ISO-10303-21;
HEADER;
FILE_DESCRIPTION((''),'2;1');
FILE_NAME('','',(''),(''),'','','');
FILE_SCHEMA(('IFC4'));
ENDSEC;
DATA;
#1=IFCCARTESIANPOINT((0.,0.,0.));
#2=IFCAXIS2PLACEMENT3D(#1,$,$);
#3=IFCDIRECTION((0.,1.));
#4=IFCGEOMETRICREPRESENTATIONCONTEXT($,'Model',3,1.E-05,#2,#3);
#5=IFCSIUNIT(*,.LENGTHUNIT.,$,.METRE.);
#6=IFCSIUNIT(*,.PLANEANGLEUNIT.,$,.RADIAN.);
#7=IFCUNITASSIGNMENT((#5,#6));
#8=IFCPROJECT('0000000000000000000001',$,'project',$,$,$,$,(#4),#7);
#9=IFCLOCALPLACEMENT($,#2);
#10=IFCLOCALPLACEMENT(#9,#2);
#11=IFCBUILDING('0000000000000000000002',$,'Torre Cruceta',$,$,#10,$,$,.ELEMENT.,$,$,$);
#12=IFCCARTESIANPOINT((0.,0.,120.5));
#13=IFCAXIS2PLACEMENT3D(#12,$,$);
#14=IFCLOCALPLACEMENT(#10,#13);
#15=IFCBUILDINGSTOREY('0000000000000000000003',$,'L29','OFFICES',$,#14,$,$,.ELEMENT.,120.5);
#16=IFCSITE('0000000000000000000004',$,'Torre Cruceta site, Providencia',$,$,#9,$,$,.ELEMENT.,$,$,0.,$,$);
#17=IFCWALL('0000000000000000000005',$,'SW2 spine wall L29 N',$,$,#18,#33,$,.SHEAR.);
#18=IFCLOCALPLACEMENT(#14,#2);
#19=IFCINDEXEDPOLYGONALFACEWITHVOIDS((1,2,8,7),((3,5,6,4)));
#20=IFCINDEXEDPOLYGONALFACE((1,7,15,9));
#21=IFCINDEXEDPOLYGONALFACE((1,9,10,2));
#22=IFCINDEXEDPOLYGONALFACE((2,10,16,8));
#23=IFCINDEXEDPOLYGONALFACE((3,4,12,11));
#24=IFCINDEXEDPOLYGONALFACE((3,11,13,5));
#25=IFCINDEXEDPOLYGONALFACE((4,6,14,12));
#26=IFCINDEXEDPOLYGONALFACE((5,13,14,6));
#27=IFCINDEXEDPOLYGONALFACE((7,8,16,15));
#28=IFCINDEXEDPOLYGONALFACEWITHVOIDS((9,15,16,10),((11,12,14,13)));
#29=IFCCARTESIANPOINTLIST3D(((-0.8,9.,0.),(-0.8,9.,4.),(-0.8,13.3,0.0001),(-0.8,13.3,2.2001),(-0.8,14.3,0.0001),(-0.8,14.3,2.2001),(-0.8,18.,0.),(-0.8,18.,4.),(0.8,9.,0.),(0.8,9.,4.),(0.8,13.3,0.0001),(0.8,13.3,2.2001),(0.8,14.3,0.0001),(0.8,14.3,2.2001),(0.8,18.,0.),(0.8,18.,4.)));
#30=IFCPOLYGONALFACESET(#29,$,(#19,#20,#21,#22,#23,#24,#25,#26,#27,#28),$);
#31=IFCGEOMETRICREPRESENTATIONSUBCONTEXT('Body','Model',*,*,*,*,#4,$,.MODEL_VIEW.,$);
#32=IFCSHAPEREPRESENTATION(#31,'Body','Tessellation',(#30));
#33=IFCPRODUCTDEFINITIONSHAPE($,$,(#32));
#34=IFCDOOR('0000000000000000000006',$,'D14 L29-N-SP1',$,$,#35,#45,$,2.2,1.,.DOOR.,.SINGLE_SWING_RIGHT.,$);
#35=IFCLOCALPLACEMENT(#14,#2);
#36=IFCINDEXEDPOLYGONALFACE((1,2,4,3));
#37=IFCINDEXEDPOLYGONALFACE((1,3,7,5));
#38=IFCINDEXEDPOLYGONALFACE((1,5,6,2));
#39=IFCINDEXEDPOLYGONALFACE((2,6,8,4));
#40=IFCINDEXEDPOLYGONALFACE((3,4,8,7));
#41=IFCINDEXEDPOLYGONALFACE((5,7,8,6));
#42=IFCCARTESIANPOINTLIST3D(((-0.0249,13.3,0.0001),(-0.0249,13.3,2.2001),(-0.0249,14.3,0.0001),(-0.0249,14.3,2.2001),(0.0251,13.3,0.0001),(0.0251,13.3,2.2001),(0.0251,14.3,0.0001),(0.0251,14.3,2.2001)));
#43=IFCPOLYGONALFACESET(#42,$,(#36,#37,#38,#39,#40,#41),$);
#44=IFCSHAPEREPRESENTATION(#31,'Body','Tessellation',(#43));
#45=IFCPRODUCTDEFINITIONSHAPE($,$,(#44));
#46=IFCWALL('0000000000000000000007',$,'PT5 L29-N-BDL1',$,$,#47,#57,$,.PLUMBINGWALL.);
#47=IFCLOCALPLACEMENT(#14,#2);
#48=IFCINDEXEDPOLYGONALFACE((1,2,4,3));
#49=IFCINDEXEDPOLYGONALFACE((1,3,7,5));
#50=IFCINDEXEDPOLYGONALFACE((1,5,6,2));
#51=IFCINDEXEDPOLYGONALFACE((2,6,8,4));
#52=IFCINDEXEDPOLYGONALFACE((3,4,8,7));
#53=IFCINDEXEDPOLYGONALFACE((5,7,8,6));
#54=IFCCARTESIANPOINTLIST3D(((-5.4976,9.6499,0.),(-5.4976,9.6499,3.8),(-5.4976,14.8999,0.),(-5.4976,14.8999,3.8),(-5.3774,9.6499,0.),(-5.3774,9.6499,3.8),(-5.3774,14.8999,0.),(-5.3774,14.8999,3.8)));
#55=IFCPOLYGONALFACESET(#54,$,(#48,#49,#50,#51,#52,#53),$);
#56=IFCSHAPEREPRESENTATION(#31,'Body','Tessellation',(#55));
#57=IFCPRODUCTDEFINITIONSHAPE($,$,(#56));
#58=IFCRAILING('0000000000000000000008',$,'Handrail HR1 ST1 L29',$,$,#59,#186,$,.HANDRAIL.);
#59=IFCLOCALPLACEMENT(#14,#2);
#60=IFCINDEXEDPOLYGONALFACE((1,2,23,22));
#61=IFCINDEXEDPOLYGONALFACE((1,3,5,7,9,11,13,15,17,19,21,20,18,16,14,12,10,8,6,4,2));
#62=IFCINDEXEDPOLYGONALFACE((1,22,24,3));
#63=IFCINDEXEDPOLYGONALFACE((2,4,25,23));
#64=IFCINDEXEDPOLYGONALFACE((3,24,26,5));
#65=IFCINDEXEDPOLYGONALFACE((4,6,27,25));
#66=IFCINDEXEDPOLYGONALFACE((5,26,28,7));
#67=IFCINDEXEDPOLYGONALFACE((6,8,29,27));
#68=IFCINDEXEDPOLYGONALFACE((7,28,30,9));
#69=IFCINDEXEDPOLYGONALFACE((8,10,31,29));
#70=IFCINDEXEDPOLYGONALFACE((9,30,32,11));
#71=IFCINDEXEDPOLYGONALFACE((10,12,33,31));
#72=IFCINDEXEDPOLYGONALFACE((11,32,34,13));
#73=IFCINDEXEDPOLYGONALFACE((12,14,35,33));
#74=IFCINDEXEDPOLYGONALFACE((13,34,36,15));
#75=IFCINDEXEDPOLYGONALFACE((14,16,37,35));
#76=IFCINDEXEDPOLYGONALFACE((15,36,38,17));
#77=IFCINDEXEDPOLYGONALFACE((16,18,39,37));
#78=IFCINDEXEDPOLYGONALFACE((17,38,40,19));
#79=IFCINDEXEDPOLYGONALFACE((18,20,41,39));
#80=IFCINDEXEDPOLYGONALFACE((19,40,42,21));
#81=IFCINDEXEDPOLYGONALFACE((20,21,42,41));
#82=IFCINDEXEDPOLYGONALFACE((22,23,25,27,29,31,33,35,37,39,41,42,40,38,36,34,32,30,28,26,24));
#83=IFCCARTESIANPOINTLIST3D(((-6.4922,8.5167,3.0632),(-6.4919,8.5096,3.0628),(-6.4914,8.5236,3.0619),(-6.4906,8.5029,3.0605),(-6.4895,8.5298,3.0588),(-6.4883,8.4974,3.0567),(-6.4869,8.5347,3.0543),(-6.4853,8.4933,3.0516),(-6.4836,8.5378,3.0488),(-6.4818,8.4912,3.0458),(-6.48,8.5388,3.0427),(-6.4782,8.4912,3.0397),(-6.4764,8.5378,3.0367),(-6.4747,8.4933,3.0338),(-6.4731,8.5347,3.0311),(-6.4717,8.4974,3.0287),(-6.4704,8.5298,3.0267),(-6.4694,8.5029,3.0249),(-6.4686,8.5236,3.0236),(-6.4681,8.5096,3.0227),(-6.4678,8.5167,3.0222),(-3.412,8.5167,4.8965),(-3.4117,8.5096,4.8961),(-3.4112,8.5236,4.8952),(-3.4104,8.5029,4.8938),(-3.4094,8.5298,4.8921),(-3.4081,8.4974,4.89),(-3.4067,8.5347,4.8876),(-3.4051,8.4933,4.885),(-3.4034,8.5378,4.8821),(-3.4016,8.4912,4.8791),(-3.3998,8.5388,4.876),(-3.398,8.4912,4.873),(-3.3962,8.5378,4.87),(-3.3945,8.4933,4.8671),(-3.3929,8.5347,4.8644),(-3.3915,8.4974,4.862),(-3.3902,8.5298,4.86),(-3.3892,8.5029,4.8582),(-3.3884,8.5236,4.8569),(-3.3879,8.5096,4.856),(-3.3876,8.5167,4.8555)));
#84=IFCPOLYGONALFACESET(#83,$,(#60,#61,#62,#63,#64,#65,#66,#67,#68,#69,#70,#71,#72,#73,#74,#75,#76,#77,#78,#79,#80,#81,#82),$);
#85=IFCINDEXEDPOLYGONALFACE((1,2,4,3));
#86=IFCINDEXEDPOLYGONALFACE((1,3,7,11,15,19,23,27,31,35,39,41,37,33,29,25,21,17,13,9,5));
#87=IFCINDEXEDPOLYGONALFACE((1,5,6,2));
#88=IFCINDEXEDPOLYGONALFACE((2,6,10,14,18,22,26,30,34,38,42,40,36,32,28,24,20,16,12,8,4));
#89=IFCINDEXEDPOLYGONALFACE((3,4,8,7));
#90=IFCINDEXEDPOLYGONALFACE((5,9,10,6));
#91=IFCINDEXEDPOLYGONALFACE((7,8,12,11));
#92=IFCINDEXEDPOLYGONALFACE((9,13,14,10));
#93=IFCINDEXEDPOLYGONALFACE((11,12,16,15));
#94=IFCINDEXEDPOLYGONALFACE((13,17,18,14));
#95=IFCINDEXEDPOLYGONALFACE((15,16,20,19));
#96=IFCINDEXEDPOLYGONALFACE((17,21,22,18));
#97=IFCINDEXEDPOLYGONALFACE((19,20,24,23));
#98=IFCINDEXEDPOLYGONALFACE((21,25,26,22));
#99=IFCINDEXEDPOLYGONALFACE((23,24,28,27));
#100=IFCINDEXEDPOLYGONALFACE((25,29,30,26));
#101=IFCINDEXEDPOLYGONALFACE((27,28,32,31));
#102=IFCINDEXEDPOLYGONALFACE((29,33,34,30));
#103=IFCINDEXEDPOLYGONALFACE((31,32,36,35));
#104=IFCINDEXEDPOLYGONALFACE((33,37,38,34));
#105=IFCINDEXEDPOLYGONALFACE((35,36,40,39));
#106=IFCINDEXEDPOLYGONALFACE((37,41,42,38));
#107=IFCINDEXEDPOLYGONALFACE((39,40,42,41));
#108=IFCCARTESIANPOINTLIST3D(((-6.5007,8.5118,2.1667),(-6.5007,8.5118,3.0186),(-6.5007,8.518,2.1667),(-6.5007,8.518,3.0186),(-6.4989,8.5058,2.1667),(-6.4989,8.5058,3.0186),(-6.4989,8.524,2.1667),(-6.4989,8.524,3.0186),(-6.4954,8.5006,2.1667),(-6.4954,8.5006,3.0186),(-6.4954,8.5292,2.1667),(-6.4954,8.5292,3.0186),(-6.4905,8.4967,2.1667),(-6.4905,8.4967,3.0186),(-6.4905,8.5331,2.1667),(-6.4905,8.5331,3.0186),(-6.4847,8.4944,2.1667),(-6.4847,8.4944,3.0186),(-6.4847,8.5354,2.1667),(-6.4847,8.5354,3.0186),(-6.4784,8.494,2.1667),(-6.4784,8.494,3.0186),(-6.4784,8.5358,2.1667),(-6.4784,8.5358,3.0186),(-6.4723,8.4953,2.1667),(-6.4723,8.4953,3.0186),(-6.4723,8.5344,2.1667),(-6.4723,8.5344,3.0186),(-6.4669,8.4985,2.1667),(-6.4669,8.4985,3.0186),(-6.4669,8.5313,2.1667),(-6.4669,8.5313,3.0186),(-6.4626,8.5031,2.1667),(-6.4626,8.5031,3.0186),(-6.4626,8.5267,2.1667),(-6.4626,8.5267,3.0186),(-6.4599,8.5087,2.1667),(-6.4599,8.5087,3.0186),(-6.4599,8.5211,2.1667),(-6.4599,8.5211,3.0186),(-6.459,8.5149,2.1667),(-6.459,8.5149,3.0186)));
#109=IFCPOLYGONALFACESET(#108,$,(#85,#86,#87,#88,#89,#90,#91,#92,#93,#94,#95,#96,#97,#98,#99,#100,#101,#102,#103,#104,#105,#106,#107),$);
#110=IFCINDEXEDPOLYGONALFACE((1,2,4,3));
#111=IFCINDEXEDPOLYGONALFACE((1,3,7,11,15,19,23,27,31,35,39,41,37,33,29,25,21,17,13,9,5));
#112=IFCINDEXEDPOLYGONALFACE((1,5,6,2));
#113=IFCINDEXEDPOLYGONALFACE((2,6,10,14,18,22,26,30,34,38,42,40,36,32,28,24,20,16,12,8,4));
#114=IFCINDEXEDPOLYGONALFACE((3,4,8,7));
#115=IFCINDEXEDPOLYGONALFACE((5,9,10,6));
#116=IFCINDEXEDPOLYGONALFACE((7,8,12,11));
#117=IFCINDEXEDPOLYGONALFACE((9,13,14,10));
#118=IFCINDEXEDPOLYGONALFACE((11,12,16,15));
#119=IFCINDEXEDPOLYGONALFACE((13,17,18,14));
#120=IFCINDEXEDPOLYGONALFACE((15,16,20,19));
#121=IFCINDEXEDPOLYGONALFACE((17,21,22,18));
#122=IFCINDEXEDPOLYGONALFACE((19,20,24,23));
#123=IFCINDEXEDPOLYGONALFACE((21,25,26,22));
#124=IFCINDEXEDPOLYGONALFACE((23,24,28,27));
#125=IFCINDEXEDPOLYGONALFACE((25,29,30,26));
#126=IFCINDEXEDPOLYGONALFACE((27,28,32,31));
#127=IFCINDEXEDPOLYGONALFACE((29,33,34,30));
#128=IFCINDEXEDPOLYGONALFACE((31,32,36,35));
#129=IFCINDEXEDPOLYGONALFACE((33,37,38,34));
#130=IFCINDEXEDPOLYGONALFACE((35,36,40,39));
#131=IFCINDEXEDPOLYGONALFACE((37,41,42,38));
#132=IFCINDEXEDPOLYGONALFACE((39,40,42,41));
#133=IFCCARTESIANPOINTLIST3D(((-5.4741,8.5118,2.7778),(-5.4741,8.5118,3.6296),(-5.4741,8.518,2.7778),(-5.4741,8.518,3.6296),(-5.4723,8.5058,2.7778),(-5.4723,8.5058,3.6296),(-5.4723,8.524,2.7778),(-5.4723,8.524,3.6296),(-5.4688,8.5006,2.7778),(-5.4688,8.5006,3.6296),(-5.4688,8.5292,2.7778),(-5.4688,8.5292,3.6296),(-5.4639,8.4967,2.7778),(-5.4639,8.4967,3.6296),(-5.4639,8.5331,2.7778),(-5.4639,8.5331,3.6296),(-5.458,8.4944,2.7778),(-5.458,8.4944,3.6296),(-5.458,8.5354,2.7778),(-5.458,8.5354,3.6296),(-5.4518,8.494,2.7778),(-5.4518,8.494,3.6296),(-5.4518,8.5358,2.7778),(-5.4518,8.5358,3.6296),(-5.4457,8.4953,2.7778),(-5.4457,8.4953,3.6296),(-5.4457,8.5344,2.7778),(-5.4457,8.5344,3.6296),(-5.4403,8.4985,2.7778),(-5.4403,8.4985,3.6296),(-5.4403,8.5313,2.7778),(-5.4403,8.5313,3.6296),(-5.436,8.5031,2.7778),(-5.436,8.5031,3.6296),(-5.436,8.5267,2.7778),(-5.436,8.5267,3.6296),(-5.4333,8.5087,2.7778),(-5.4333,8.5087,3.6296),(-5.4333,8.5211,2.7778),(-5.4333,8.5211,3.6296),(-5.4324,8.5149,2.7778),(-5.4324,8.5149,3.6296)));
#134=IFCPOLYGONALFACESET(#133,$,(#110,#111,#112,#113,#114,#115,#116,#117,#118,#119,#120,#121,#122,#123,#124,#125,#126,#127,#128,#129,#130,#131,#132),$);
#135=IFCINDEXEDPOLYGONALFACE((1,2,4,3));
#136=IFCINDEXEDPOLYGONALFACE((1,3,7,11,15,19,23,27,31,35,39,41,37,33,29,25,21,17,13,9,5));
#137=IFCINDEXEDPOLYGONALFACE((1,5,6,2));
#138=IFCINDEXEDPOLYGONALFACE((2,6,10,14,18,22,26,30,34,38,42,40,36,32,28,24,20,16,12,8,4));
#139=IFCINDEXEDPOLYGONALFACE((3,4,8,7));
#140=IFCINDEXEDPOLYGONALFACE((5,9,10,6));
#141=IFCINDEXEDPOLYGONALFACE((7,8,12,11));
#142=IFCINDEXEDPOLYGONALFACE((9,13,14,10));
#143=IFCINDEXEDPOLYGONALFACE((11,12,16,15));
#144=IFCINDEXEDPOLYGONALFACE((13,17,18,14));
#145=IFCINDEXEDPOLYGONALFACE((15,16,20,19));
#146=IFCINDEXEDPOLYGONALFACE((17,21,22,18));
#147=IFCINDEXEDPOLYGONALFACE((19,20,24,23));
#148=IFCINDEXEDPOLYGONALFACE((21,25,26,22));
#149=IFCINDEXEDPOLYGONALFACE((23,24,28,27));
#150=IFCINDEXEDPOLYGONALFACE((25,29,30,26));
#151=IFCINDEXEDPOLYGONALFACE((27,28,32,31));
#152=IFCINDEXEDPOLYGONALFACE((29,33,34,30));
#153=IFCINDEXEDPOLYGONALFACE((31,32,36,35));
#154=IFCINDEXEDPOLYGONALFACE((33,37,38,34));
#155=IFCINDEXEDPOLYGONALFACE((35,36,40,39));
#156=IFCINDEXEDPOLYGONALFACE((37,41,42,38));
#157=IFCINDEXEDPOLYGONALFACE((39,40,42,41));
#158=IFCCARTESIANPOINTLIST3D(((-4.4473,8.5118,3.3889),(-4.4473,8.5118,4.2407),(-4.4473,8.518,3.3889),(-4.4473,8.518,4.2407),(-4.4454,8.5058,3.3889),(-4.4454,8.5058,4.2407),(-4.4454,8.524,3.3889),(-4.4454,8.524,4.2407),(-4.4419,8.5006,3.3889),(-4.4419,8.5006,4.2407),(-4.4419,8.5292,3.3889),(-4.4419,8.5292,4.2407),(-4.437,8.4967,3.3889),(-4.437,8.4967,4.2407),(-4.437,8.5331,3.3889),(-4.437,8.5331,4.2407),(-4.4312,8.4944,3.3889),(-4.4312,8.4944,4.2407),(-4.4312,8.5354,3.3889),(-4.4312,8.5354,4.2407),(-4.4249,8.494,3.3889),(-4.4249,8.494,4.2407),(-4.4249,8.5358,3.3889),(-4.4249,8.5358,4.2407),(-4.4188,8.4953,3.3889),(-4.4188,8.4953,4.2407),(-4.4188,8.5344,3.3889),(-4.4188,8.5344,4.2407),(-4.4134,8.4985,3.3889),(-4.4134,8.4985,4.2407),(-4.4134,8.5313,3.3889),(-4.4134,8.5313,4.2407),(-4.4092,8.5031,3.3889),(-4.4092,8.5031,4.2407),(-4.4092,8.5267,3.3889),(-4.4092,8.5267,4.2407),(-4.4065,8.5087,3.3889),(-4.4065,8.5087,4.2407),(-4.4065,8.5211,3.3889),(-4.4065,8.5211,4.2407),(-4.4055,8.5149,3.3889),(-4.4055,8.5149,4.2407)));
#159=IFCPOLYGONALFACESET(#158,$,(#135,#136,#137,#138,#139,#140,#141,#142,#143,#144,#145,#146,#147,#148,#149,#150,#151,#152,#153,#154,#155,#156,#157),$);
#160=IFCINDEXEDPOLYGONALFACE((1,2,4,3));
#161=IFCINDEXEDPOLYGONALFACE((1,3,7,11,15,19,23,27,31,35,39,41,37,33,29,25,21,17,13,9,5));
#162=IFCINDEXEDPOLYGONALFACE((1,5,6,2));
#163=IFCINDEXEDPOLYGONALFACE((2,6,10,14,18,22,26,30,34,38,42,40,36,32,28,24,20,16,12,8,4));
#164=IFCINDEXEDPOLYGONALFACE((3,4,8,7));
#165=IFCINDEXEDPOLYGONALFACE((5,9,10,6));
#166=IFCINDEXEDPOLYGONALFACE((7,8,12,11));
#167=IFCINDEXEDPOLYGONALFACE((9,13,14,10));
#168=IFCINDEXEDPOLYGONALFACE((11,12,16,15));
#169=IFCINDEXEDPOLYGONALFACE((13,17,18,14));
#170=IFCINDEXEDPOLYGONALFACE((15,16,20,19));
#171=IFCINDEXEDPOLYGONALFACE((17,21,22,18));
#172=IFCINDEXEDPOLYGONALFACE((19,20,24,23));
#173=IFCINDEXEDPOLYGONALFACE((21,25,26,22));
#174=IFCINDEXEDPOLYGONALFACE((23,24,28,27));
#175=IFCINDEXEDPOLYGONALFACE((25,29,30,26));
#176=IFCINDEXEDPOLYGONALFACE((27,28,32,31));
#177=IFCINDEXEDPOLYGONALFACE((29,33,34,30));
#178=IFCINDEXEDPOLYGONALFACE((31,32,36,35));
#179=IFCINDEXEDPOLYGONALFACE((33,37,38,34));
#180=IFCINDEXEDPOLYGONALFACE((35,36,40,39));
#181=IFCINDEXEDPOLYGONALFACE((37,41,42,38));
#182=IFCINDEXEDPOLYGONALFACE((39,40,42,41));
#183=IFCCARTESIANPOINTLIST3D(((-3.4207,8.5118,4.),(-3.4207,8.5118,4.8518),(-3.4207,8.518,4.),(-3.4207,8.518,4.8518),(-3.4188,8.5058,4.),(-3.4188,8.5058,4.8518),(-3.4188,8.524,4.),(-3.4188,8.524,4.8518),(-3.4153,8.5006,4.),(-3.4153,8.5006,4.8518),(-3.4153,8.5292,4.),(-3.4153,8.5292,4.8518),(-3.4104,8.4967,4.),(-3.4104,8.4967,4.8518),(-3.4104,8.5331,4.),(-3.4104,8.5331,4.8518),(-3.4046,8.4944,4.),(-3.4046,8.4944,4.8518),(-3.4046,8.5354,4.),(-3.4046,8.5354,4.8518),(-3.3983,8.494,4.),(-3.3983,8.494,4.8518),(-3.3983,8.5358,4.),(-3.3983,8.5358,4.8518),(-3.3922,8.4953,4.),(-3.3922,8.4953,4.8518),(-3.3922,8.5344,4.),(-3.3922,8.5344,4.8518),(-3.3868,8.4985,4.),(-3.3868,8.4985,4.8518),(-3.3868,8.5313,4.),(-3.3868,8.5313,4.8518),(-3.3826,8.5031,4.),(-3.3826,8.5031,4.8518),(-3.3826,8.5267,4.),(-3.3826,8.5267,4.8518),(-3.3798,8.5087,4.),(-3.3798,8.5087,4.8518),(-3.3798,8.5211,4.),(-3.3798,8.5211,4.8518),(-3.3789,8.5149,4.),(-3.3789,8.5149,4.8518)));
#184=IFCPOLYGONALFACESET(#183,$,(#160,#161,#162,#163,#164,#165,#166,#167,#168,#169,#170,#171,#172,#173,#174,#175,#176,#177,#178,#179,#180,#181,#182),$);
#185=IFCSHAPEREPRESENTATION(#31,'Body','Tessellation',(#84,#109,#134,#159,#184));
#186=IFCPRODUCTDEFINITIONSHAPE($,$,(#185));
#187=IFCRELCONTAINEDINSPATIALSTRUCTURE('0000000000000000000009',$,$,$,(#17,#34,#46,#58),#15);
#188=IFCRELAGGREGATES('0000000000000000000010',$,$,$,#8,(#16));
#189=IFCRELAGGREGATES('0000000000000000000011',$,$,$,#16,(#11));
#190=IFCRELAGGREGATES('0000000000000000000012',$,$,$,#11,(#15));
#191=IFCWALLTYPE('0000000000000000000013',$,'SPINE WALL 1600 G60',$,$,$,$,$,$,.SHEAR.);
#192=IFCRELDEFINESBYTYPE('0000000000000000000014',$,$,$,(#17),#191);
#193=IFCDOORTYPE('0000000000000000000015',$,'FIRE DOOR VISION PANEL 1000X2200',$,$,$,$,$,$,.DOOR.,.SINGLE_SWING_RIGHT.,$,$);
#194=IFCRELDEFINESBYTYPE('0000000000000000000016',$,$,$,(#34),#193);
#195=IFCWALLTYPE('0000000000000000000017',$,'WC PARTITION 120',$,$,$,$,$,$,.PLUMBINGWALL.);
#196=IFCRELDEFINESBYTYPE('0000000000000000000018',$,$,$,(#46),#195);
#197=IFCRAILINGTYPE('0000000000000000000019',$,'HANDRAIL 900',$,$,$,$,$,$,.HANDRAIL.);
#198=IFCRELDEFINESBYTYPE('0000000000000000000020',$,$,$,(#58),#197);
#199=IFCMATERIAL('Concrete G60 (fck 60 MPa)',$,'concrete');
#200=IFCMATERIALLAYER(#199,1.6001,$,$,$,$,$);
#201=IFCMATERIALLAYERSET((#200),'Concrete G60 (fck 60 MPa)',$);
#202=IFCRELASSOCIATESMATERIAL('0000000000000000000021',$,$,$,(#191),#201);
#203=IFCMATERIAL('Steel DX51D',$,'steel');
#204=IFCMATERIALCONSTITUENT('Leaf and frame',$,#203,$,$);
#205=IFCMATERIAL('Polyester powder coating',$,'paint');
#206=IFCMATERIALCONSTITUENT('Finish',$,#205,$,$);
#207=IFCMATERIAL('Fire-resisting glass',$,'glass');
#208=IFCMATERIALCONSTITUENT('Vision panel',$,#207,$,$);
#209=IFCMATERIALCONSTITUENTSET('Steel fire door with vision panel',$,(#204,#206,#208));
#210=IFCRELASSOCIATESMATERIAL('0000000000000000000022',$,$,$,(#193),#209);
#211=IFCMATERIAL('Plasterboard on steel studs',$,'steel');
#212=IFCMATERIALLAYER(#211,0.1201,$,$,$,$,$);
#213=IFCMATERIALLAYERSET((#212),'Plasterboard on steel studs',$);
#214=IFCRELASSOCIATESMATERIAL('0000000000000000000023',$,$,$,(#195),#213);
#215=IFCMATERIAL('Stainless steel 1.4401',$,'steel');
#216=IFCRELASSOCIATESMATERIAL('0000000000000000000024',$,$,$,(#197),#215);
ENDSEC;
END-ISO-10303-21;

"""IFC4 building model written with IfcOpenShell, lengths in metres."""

from ifc_helpers import new_model, si_unit, direction, frame, frame_2d, origin, origin_2d, place, context, subcontext, project, spatial, rectangle, circle, extrude, material, layer, layer_set, constituent, constituent_set, type_object, element, fill, save


model = new_model("IFC4")

# Units and contexts
model_context = context("Model", 3, precision=1e-05, world=origin(), true_north=direction((0.0, 1.0)))
body_context = subcontext(model_context, "Body", "Model", "MODEL_VIEW")
ifc_project = project(units=[si_unit("LENGTHUNIT", "METRE"), si_unit("PLANEANGLEUNIT", "RADIAN")], contexts=[model_context])

# Site, building, storey
site_placement = place(None, origin())
site = spatial("IfcSite", under=ifc_project, at=site_placement, Name="Torre Cruceta site, Providencia", CompositionType="ELEMENT", RefElevation=0.0)
building_placement = place(site_placement, origin())
building = spatial("IfcBuilding", under=site, at=building_placement, Name="Torre Cruceta", CompositionType="ELEMENT")
storey_placement = place(building_placement, frame((0.0, 0.0, 120.5)))
storey = spatial("IfcBuildingStorey", under=building, at=storey_placement, Name="L29", Description="OFFICES", CompositionType="ELEMENT", Elevation=120.5)

# Wall, opening, door
ifc_material_1 = material(Name="Concrete G60 (fck 60 MPa)", Category="concrete")
ifc_layer_1 = layer(ifc_material_1, 1.6001)
ifc_layer_set_1 = layer_set([ifc_layer_1], Name="Concrete G60 (fck 60 MPa)")
wall_type_1 = type_object("IfcWallType", Name="SPINE WALL 1600 G60", PredefinedType="SHEAR", material=ifc_layer_set_1)
wall_1_placement = place(storey_placement, frame((0.0, 9.0, 0.0), z_axis=(0.0, 0.0, 1.0), x_axis=(0.0, 1.0, 0.0)))
wall_1 = element("IfcWall", 1, at=wall_1_placement, inside=storey, type_object=wall_type_1, Name="SW2 spine wall L29 N", PredefinedType="SHEAR", context=body_context, shape_type="SweptSolid", body=[
    extrude(rectangle(XDim=9.0, YDim=1.6001, at=frame_2d((4.5, 0.0))), origin(), (0.0, 0.0, 1.0), 4.0),
])
opening_1_placement = place(wall_1_placement, frame((4.3, 0.0, 0.0)))
opening_1 = element("IfcOpeningElement", 2, at=opening_1_placement, cuts=wall_1, PredefinedType="OPENING", context=body_context, shape_type="SweptSolid", body=[
    extrude(rectangle(XDim=1.0, YDim=2.2, at=frame_2d((0.5, 1.1001))), frame((0.0, 0.8101, 0.0), z_axis=(0.0, -1.0, 0.0), x_axis=(1.0, 0.0, 0.0)), (0.0, 0.0, 1.0), 1.6201),
])
ifc_material_2 = material(Name="Steel DX51D", Category="steel")
ifc_constituent_1 = constituent(ifc_material_2, Name="Leaf and frame")
ifc_material_3 = material(Name="Polyester powder coating", Category="paint")
ifc_constituent_2 = constituent(ifc_material_3, Name="Finish")
ifc_material_4 = material(Name="Fire-resisting glass", Category="glass")
ifc_constituent_3 = constituent(ifc_material_4, Name="Vision panel")
ifc_constituent_set_1 = constituent_set(constituents=[ifc_constituent_1, ifc_constituent_2, ifc_constituent_3], Name="Steel fire door with vision panel")
door_type_1 = type_object("IfcDoorType", Name="FIRE DOOR VISION PANEL 1000X2200", OperationType="SINGLE_SWING_RIGHT", PredefinedType="DOOR", material=ifc_constituent_set_1)
door_1_placement = place(opening_1_placement, origin())
door_1 = element("IfcDoor", 3, at=door_1_placement, inside=storey, type_object=door_type_1, Name="D14 L29-N-SP1", OperationType="SINGLE_SWING_RIGHT", OverallHeight=2.2, OverallWidth=1.0, PredefinedType="DOOR", context=body_context, shape_type="SweptSolid", body=[
    extrude(rectangle(XDim=1.0, YDim=2.2, at=frame_2d((0.5, 1.1001))), frame((0.0, 0.0249, 0.0), z_axis=(0.0, -1.0, 0.0), x_axis=(1.0, 0.0, 0.0)), (0.0, 0.0, 1.0), 0.05),
])
fill(opening_1, door_1)

# Wall
ifc_material_5 = material(Name="Plasterboard on steel studs", Category="steel")
ifc_layer_2 = layer(ifc_material_5, 0.1201)
ifc_layer_set_2 = layer_set([ifc_layer_2], Name="Plasterboard on steel studs")
wall_type_2 = type_object("IfcWallType", Name="WC PARTITION 120", PredefinedType="PLUMBINGWALL", material=ifc_layer_set_2)
wall_2_placement = place(storey_placement, frame((-5.4375, 9.6499, 0.0), z_axis=(0.0, 0.0, 1.0), x_axis=(0.0, 1.0, 0.0)))
element("IfcWall", 4, at=wall_2_placement, inside=storey, type_object=wall_type_2, Name="PT5 L29-N-BDL1", PredefinedType="PLUMBINGWALL", context=body_context, shape_type="SweptSolid", body=[
    extrude(rectangle(XDim=5.25, YDim=0.1201, at=frame_2d((2.625, 0.0))), origin(), (0.0, 0.0, 1.0), 3.8),
])

# Railing
ifc_material_6 = material(Name="Stainless steel 1.4401", Category="steel")
railing_type = type_object("IfcRailingType", Name="HANDRAIL 900", PredefinedType="HANDRAIL", material=ifc_material_6)
railing_placement = place(storey_placement, frame((-6.48, 8.5149, 2.1667)))
element("IfcRailing", 5, at=railing_placement, inside=storey, type_object=railing_type, Name="Handrail HR1 ST1 L29", PredefinedType="HANDRAIL", context=body_context, shape_type="SweptSolid", body=[
    extrude(circle(Radius=0.0239, at=origin_2d()), frame((0.0, 0.0, 0.876), z_axis=(0.859309, 0.0, 0.511458), x_axis=(0.0, 1.0, 0.0)), (0.0, 0.0, 1.0), 3.5845),
    extrude(circle(Radius=0.021, at=origin_2d()), origin(), (0.0, 0.0, 1.0), 0.8518),
    extrude(circle(Radius=0.021, at=origin_2d()), frame((1.0266, 0.0, 0.6111)), (0.0, 0.0, 1.0), 0.8518),
    extrude(circle(Radius=0.021, at=origin_2d()), frame((2.0535, 0.0, 1.2222)), (0.0, 0.0, 1.0), 0.8518),
    extrude(circle(Radius=0.021, at=origin_2d()), frame((3.0801, 0.0, 1.8333)), (0.0, 0.0, 1.0), 0.8518),
])

save(model, "model.ifc")
